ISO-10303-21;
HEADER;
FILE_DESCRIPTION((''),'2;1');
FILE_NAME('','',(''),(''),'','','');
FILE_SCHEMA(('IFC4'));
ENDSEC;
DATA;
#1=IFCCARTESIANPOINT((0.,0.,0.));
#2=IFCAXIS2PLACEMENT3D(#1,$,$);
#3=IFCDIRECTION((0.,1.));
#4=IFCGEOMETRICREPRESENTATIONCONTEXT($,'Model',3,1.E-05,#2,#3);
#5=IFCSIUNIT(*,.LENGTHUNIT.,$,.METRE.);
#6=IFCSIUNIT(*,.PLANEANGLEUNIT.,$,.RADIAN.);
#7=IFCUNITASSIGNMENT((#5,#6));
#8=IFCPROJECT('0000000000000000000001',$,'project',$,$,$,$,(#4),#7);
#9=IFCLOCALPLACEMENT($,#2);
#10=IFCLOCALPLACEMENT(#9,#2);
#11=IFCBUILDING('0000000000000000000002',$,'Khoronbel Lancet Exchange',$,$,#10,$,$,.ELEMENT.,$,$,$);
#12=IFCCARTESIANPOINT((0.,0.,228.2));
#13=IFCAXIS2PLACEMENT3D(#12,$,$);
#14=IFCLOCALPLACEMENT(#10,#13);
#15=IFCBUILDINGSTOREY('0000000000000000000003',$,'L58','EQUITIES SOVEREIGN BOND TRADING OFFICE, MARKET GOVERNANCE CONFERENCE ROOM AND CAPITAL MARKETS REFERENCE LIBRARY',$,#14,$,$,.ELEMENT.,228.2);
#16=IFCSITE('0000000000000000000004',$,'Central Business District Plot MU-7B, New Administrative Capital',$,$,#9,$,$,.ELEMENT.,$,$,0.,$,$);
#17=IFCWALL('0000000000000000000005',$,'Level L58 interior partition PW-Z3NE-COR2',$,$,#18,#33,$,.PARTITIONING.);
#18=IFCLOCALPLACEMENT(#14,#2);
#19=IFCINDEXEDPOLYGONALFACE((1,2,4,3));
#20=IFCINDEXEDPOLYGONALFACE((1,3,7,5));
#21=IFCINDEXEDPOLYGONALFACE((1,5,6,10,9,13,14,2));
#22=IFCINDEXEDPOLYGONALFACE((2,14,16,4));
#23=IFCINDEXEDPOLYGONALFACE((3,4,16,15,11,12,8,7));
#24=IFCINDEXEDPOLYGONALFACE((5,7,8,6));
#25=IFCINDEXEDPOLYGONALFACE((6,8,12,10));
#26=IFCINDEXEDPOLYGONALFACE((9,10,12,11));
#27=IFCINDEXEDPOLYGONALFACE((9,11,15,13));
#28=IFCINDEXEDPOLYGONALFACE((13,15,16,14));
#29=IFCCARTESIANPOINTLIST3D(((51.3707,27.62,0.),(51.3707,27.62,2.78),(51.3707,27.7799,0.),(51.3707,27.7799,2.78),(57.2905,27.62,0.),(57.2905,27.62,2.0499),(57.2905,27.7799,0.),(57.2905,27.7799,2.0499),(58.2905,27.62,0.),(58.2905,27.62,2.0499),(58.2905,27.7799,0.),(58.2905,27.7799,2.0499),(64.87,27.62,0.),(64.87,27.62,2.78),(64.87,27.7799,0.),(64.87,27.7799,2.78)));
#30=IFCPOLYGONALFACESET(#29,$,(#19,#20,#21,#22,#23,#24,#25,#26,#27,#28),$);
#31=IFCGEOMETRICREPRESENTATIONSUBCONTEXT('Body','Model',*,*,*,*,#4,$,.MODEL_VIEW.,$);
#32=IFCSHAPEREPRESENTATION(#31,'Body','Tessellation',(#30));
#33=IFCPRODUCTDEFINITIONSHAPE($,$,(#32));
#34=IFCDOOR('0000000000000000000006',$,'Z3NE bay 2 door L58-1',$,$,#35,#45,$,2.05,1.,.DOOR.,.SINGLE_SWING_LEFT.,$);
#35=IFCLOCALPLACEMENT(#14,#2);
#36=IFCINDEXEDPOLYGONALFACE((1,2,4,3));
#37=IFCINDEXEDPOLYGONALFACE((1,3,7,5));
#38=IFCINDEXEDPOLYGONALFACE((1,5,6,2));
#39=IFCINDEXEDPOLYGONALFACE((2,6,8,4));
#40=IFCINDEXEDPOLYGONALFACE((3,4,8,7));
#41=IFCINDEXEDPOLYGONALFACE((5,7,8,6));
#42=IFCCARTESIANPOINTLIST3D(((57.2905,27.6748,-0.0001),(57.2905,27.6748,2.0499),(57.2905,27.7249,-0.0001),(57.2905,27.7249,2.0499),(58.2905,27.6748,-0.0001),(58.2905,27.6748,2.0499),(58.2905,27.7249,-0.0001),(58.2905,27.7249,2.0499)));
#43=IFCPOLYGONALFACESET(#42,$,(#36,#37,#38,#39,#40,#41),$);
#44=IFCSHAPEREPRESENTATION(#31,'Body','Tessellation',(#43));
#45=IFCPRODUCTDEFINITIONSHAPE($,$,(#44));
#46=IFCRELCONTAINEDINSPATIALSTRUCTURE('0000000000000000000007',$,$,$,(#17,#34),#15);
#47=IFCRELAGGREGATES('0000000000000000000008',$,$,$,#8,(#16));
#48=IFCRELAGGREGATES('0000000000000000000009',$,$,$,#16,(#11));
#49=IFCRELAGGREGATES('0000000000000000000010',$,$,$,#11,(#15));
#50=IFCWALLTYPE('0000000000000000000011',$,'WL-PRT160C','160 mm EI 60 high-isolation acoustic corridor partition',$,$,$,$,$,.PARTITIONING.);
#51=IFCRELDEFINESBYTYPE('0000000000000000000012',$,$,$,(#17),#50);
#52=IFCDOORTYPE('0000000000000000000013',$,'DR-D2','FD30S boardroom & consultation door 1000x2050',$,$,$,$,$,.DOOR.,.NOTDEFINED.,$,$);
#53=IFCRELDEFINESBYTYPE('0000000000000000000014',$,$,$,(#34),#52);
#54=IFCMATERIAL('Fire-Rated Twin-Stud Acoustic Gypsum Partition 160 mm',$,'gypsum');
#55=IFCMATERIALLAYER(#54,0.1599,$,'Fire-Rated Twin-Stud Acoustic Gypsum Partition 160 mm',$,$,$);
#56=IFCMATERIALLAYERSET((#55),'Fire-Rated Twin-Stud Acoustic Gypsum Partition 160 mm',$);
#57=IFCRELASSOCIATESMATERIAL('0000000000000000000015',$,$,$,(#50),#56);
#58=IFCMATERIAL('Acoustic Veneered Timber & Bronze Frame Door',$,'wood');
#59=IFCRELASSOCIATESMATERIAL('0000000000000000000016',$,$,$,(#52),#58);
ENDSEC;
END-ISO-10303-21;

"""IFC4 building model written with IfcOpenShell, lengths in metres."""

from ifc_helpers import new_model, si_unit, direction, frame, frame_2d, origin, place, context, subcontext, project, spatial, rectangle, extrude, material, layer, layer_set, type_object, element, fill, save


model = new_model("IFC4")

# Units and contexts
model_context = context("Model", 3, precision=1e-05, world=origin(), true_north=direction((0.0, 1.0)))
body_context = subcontext(model_context, "Body", "Model", "MODEL_VIEW")
ifc_project = project(units=[si_unit("LENGTHUNIT", "METRE"), si_unit("PLANEANGLEUNIT", "RADIAN")], contexts=[model_context])

# Site, building, storey
site_placement = place(None, origin())
site = spatial("IfcSite", under=ifc_project, at=site_placement, Name="Central Business District Plot MU-7B, New Administrative Capital", CompositionType="ELEMENT", RefElevation=0.0)
building_placement = place(site_placement, origin())
building = spatial("IfcBuilding", under=site, at=building_placement, Name="Khoronbel Lancet Exchange", CompositionType="ELEMENT")
storey_placement = place(building_placement, frame((0.0, 0.0, 228.2)))
storey = spatial("IfcBuildingStorey", under=building, at=storey_placement, Name="L58", Description="EQUITIES SOVEREIGN BOND TRADING OFFICE, MARKET GOVERNANCE CONFERENCE ROOM AND CAPITAL MARKETS REFERENCE LIBRARY", CompositionType="ELEMENT", Elevation=228.2)

# Wall, opening, door
ifc_material_1 = material(Name="Fire-Rated Twin-Stud Acoustic Gypsum Partition 160 mm", Category="gypsum")
ifc_layer_1 = layer(ifc_material_1, 0.1599, Name="Fire-Rated Twin-Stud Acoustic Gypsum Partition 160 mm")
ifc_layer_set_1 = layer_set([ifc_layer_1], Name="Fire-Rated Twin-Stud Acoustic Gypsum Partition 160 mm")
wall_type_1 = type_object("IfcWallType", Name="WL-PRT160C", Description="160 mm EI 60 high-isolation acoustic corridor partition", PredefinedType="PARTITIONING", material=ifc_layer_set_1)
ifc_material_2 = material(Name="Acoustic Veneered Timber & Bronze Frame Door", Category="wood")
door_type_1 = type_object("IfcDoorType", Name="DR-D2", Description="FD30S boardroom & consultation door 1000x2050", OperationType="NOTDEFINED", PredefinedType="DOOR", material=ifc_material_2)
wall_1_placement = place(storey_placement, frame((51.3708, 27.7, 0.0), z_axis=(0.0, 0.0, 1.0), x_axis=(1.0, 0.0, 0.0)))
wall_1 = element("IfcWall", 1, at=wall_1_placement, inside=storey, type_object=wall_type_1, Name="Level L58 interior partition PW-Z3NE-COR2", PredefinedType="PARTITIONING", context=body_context, shape_type="SweptSolid", body=[
    extrude(rectangle(XDim=13.4993, YDim=0.1599, at=frame_2d((6.7495, 0.0))), origin(), (0.0, 0.0, 1.0), 2.78),
])
opening_1_placement = place(wall_1_placement, frame((5.9197, 0.0, 0.0)))
opening_1 = element("IfcOpeningElement", 2, at=opening_1_placement, cuts=wall_1, PredefinedType="OPENING", context=body_context, shape_type="SweptSolid", body=[
    extrude(rectangle(XDim=1.0, YDim=2.05, at=frame_2d((0.5, 1.0249))), frame((0.0, 0.0898, 0.0), z_axis=(0.0, -1.0, 0.0), x_axis=(1.0, 0.0, 0.0)), (0.0, 0.0, 1.0), 0.1799),
])
door_1_placement = place(opening_1_placement, origin())
door_1 = element("IfcDoor", 3, at=door_1_placement, inside=storey, type_object=door_type_1, Name="Z3NE bay 2 door L58-1", OperationType="SINGLE_SWING_LEFT", OverallHeight=2.05, OverallWidth=1.0, PredefinedType="DOOR", context=body_context, shape_type="SweptSolid", body=[
    extrude(rectangle(XDim=1.0, YDim=2.05, at=frame_2d((0.5, 1.0249))), frame((0.0, 0.0249, 0.0), z_axis=(0.0, -1.0, 0.0), x_axis=(1.0, 0.0, 0.0)), (0.0, 0.0, 1.0), 0.05),
])
fill(opening_1, door_1)

save(model, "model.ifc")
